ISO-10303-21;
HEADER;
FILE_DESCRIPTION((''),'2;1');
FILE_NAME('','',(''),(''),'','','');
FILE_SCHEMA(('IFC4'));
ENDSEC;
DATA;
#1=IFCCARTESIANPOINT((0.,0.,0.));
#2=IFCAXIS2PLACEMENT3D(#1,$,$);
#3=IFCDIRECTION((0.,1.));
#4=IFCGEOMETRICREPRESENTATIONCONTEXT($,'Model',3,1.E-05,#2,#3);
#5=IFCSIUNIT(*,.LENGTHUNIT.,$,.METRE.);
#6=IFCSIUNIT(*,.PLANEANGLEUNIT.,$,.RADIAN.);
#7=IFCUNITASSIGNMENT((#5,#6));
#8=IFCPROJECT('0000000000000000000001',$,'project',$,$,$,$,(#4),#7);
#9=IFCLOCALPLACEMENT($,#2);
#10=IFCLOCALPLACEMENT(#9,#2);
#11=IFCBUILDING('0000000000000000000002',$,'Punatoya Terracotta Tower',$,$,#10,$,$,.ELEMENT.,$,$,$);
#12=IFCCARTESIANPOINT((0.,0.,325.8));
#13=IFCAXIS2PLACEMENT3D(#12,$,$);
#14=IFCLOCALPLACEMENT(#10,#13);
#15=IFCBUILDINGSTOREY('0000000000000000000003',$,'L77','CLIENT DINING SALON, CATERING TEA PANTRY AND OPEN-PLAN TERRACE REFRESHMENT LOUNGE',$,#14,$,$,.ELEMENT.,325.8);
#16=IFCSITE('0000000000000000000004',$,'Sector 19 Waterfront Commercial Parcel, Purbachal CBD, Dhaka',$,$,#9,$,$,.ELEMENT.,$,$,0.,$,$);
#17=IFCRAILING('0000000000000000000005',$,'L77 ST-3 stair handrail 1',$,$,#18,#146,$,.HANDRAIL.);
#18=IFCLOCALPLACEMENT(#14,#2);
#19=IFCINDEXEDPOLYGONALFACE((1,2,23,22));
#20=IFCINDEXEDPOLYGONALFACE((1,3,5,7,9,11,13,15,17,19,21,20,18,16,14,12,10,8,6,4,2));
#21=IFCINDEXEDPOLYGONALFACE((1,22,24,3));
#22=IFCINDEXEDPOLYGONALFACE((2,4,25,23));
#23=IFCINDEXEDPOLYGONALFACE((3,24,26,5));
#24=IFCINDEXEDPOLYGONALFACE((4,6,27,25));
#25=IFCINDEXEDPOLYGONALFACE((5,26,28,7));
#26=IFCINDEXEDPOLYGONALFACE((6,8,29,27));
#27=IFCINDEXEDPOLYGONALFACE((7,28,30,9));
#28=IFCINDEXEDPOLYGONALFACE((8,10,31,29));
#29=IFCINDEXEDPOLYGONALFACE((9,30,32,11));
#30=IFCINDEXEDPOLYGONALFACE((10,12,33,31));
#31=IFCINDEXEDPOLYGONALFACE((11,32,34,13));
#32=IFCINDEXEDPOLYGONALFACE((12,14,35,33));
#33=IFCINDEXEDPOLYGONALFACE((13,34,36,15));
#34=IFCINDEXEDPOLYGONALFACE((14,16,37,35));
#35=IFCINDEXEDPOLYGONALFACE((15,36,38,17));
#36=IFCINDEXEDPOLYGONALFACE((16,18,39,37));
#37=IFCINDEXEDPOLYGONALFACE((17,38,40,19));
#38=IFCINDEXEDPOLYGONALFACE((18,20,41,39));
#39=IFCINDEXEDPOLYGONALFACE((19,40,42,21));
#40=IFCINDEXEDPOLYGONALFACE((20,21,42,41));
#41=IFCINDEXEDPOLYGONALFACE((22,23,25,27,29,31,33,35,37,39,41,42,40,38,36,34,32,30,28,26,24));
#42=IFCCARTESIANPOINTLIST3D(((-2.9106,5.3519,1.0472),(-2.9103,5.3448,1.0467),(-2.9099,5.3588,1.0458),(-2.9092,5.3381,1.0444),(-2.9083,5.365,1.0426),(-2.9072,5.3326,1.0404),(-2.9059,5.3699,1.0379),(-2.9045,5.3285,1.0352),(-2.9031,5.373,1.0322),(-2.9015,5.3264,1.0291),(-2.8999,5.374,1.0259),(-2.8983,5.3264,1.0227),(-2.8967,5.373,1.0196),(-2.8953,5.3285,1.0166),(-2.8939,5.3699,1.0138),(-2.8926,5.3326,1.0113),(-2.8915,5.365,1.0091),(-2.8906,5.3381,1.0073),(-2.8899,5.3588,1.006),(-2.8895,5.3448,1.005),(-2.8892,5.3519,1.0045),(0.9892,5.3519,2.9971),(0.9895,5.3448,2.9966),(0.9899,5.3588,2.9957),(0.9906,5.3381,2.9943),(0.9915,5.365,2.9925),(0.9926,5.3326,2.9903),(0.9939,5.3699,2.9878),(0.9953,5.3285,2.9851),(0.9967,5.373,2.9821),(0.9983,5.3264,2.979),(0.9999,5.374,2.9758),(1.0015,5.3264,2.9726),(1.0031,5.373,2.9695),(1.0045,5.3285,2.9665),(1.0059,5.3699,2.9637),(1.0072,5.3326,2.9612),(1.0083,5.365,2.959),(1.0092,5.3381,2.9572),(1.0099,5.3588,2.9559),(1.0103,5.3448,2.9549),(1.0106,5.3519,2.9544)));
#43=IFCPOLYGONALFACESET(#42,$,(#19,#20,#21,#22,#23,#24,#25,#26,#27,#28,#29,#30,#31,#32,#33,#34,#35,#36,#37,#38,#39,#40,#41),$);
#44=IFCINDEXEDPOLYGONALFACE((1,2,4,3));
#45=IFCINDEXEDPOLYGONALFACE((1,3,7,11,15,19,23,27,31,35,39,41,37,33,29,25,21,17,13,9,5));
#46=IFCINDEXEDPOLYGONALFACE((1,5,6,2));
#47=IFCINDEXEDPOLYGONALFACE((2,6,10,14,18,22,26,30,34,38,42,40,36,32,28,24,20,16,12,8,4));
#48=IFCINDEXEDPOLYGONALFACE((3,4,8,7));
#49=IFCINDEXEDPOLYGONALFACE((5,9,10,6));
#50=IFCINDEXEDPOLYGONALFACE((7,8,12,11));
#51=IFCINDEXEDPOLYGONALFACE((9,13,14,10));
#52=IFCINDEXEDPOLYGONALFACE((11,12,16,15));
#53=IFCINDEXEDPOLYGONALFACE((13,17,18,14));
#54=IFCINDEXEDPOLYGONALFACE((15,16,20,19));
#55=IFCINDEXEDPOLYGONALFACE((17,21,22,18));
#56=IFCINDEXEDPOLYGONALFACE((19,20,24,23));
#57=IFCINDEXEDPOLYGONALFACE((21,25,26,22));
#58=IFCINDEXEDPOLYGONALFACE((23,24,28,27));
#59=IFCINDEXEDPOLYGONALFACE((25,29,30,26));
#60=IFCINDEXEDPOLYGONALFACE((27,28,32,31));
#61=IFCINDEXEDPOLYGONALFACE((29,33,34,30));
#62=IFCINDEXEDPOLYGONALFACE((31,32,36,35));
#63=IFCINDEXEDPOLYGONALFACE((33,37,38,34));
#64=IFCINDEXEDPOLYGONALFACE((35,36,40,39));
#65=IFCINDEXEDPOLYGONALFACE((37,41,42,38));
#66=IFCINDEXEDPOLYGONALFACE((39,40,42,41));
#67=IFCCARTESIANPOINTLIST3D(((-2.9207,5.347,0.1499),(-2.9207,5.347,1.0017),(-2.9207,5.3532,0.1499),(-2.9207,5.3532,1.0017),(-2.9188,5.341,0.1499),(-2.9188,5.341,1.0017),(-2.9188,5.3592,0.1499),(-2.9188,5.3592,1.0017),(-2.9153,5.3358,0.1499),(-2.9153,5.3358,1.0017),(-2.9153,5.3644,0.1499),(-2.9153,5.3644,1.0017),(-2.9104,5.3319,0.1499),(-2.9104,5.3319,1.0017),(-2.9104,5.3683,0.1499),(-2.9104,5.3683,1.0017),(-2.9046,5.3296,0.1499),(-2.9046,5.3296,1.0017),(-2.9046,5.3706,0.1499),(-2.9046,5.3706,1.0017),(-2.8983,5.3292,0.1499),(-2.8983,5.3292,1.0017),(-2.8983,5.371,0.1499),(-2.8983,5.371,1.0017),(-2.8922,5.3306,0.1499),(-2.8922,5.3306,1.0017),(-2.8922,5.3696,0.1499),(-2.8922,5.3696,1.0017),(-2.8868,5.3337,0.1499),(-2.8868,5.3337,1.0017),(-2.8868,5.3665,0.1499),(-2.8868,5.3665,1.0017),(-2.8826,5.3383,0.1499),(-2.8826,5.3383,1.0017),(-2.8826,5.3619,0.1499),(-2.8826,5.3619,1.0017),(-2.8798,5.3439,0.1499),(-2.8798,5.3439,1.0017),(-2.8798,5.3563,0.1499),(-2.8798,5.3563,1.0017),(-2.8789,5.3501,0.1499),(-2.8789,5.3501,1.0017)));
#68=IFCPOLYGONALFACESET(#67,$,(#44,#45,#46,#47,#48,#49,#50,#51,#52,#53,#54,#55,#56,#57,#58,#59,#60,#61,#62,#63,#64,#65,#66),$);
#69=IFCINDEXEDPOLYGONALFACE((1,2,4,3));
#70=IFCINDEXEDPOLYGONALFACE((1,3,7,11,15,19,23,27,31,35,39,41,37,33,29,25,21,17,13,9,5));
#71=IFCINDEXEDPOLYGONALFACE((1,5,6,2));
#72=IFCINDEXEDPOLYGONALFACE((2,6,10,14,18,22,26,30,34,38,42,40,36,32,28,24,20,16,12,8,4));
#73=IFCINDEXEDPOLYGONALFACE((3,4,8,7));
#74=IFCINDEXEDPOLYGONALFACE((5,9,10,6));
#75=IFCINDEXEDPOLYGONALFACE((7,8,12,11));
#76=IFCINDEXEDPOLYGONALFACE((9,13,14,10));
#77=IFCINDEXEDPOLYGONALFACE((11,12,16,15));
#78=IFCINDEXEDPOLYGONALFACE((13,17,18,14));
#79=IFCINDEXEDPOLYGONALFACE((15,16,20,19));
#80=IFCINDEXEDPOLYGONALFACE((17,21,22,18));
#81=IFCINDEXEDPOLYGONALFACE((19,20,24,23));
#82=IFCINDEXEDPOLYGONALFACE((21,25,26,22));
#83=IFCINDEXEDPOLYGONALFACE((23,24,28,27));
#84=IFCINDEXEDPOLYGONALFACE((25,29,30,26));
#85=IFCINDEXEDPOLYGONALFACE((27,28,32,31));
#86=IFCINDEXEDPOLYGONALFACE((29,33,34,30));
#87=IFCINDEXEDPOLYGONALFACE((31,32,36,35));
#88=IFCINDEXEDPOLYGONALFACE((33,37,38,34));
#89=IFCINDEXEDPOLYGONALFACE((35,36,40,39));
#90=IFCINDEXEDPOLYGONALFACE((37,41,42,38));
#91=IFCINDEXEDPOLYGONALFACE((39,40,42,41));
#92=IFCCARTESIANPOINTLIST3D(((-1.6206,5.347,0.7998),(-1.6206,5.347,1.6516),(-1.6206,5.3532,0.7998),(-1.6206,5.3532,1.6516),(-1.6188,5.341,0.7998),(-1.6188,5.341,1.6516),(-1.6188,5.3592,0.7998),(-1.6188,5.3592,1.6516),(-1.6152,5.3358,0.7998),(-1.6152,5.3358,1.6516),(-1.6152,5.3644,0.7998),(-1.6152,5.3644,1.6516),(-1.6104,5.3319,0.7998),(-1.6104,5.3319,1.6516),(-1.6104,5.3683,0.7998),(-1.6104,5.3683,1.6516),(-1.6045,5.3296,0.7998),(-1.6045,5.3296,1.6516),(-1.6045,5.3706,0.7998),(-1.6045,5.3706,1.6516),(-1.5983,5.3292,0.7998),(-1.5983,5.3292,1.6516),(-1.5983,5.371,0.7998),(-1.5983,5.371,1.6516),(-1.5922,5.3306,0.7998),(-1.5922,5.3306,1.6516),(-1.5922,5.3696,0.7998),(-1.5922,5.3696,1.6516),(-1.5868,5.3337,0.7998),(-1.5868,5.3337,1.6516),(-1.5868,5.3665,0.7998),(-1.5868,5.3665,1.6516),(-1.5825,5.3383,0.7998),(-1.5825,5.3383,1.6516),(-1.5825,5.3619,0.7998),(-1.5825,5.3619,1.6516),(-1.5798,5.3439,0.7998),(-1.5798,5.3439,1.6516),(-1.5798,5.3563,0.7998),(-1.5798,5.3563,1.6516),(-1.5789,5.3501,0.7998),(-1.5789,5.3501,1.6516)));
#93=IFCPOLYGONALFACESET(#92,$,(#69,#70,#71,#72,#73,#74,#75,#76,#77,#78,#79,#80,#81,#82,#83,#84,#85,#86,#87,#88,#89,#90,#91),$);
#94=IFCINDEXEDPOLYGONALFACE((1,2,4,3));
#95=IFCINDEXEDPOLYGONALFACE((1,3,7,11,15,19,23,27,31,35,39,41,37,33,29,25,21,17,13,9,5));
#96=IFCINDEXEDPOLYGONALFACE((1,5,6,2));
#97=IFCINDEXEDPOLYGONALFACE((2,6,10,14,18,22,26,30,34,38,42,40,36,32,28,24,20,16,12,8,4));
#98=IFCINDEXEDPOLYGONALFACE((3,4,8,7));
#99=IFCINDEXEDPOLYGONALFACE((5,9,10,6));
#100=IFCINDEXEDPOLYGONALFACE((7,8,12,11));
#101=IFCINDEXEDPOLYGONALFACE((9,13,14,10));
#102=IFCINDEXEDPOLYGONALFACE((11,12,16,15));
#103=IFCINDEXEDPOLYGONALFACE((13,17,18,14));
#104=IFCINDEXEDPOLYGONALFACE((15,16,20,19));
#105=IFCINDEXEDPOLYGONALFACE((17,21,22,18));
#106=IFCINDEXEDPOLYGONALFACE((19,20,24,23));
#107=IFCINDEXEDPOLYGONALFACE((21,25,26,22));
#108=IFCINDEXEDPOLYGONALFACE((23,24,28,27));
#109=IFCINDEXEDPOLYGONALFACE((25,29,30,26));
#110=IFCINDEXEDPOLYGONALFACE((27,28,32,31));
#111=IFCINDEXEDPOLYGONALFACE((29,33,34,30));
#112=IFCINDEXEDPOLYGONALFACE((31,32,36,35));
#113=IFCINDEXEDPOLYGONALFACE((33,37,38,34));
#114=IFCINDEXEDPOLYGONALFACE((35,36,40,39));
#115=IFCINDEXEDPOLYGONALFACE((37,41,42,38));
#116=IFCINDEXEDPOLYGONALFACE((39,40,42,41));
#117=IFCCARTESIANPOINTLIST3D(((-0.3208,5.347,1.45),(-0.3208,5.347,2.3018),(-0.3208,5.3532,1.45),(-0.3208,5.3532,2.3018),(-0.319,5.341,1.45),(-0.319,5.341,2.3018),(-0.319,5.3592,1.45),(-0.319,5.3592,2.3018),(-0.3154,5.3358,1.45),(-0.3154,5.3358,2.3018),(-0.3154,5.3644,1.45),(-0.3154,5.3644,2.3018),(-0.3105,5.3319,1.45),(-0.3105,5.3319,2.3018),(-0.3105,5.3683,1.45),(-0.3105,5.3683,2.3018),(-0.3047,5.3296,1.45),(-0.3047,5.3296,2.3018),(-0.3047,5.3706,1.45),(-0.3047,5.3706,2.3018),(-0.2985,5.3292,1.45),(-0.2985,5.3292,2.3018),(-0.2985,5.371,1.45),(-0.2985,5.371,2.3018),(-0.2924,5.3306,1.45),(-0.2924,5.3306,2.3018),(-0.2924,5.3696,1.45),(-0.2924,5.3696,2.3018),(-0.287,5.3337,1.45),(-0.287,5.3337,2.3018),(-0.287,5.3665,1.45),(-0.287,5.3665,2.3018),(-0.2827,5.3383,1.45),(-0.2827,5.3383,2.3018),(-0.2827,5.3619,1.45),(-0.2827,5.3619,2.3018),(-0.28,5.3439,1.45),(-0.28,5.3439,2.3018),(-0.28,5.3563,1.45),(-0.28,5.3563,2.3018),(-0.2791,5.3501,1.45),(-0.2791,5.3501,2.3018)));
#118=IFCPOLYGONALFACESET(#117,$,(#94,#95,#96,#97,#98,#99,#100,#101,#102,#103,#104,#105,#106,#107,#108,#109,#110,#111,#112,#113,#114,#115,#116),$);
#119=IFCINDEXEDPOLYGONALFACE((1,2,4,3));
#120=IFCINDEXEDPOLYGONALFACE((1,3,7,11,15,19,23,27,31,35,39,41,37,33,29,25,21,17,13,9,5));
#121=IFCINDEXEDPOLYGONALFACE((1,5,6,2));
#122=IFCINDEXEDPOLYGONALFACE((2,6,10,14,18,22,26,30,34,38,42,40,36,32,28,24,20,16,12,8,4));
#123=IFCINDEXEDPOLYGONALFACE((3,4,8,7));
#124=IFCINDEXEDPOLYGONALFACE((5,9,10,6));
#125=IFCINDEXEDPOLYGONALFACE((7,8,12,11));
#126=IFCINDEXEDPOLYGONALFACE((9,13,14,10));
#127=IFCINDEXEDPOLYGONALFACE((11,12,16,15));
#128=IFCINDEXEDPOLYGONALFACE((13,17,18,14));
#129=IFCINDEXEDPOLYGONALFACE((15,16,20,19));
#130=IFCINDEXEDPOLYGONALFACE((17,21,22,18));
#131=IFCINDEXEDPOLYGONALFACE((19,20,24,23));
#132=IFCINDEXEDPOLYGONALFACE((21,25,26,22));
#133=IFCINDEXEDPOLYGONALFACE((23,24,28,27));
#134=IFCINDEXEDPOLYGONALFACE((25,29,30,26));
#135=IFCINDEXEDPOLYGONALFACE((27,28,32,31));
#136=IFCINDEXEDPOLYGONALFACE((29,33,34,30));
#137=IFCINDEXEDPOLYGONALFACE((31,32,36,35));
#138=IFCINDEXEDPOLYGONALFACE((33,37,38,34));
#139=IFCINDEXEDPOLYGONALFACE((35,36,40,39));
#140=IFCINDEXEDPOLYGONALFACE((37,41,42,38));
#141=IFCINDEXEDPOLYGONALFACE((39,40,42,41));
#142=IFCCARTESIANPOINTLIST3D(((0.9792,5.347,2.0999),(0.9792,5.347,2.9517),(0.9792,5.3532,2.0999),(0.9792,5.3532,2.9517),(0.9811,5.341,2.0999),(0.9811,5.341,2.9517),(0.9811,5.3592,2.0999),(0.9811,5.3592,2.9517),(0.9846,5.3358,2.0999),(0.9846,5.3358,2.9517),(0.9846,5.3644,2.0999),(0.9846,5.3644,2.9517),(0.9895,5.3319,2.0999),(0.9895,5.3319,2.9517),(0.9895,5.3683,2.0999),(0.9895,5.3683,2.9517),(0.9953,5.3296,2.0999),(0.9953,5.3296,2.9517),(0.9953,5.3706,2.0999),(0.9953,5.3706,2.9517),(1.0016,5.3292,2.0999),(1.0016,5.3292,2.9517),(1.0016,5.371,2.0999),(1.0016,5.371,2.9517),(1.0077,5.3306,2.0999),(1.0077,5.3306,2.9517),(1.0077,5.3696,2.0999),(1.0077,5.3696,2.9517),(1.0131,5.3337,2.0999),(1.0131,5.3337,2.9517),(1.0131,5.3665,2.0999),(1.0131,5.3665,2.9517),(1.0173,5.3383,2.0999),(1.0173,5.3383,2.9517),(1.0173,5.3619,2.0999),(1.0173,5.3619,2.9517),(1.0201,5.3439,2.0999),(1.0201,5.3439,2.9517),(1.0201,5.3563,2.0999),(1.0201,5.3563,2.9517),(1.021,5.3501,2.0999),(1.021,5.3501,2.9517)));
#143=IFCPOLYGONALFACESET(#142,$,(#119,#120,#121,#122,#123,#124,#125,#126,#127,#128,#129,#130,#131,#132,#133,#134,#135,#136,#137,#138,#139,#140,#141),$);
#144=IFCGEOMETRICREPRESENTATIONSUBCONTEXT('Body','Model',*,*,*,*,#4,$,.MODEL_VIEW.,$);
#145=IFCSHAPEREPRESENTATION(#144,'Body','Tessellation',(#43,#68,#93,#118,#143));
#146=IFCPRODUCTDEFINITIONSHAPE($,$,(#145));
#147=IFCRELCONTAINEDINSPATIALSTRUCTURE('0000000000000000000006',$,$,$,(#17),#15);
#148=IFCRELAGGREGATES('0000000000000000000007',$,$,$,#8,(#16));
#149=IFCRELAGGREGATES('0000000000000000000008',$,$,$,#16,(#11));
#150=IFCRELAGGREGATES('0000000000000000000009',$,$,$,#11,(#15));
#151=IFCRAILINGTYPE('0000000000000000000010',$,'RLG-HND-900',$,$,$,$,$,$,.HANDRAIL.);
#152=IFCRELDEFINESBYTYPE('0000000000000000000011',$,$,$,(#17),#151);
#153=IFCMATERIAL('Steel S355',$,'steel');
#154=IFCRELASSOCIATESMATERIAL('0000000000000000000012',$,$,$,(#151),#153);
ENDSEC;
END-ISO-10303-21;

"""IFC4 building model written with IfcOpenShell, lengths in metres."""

from ifc_helpers import new_model, si_unit, direction, frame, origin, origin_2d, place, context, subcontext, project, spatial, circle, extrude, material, type_object, element, save


model = new_model("IFC4")

# Units and contexts
model_context = context("Model", 3, precision=1e-05, world=origin(), true_north=direction((0.0, 1.0)))
body_context = subcontext(model_context, "Body", "Model", "MODEL_VIEW")
ifc_project = project(units=[si_unit("LENGTHUNIT", "METRE"), si_unit("PLANEANGLEUNIT", "RADIAN")], contexts=[model_context])

# Site, building, storey
site_placement = place(None, origin())
site = spatial("IfcSite", under=ifc_project, at=site_placement, Name="Sector 19 Waterfront Commercial Parcel, Purbachal CBD, Dhaka", CompositionType="ELEMENT", RefElevation=0.0)
building_placement = place(site_placement, origin())
building = spatial("IfcBuilding", under=site, at=building_placement, Name="Punatoya Terracotta Tower", CompositionType="ELEMENT")
storey_placement = place(building_placement, frame((0.0, 0.0, 325.8)))
storey = spatial("IfcBuildingStorey", under=building, at=storey_placement, Name="L77", Description="CLIENT DINING SALON, CATERING TEA PANTRY AND OPEN-PLAN TERRACE REFRESHMENT LOUNGE", CompositionType="ELEMENT", Elevation=325.8)

# Shared definitions
ifc_material_1 = material(Name="Steel S355", Category="steel")

# Railing
railing_type_1 = type_object("IfcRailingType", Name="RLG-HND-900", PredefinedType="HANDRAIL", material=ifc_material_1)
railing_1_placement = place(storey_placement, frame((-2.8999, 5.3501, 0.1499)))
element("IfcRailing", 1, at=railing_1_placement, inside=storey, type_object=railing_type_1, Name="L77 ST-3 stair handrail 1", PredefinedType="HANDRAIL", context=body_context, shape_type="SweptSolid", body=[
    extrude(circle(Radius=0.0239, at=origin_2d()), frame((0.0, 0.0, 0.876), z_axis=(0.894427, 0.0, 0.447214), x_axis=(0.0, 1.0, 0.0)), (0.0, 0.0, 1.0), 4.3601),
    extrude(circle(Radius=0.021, at=origin_2d()), origin(), (0.0, 0.0, 1.0), 0.8518),
    extrude(circle(Radius=0.021, at=origin_2d()), frame((1.3, 0.0, 0.6499)), (0.0, 0.0, 1.0), 0.8518),
    extrude(circle(Radius=0.021, at=origin_2d()), frame((2.5999, 0.0, 1.3)), (0.0, 0.0, 1.0), 0.8518),
    extrude(circle(Radius=0.021, at=origin_2d()), frame((3.8999, 0.0, 1.95)), (0.0, 0.0, 1.0), 0.8518),
])

save(model, "model.ifc")
